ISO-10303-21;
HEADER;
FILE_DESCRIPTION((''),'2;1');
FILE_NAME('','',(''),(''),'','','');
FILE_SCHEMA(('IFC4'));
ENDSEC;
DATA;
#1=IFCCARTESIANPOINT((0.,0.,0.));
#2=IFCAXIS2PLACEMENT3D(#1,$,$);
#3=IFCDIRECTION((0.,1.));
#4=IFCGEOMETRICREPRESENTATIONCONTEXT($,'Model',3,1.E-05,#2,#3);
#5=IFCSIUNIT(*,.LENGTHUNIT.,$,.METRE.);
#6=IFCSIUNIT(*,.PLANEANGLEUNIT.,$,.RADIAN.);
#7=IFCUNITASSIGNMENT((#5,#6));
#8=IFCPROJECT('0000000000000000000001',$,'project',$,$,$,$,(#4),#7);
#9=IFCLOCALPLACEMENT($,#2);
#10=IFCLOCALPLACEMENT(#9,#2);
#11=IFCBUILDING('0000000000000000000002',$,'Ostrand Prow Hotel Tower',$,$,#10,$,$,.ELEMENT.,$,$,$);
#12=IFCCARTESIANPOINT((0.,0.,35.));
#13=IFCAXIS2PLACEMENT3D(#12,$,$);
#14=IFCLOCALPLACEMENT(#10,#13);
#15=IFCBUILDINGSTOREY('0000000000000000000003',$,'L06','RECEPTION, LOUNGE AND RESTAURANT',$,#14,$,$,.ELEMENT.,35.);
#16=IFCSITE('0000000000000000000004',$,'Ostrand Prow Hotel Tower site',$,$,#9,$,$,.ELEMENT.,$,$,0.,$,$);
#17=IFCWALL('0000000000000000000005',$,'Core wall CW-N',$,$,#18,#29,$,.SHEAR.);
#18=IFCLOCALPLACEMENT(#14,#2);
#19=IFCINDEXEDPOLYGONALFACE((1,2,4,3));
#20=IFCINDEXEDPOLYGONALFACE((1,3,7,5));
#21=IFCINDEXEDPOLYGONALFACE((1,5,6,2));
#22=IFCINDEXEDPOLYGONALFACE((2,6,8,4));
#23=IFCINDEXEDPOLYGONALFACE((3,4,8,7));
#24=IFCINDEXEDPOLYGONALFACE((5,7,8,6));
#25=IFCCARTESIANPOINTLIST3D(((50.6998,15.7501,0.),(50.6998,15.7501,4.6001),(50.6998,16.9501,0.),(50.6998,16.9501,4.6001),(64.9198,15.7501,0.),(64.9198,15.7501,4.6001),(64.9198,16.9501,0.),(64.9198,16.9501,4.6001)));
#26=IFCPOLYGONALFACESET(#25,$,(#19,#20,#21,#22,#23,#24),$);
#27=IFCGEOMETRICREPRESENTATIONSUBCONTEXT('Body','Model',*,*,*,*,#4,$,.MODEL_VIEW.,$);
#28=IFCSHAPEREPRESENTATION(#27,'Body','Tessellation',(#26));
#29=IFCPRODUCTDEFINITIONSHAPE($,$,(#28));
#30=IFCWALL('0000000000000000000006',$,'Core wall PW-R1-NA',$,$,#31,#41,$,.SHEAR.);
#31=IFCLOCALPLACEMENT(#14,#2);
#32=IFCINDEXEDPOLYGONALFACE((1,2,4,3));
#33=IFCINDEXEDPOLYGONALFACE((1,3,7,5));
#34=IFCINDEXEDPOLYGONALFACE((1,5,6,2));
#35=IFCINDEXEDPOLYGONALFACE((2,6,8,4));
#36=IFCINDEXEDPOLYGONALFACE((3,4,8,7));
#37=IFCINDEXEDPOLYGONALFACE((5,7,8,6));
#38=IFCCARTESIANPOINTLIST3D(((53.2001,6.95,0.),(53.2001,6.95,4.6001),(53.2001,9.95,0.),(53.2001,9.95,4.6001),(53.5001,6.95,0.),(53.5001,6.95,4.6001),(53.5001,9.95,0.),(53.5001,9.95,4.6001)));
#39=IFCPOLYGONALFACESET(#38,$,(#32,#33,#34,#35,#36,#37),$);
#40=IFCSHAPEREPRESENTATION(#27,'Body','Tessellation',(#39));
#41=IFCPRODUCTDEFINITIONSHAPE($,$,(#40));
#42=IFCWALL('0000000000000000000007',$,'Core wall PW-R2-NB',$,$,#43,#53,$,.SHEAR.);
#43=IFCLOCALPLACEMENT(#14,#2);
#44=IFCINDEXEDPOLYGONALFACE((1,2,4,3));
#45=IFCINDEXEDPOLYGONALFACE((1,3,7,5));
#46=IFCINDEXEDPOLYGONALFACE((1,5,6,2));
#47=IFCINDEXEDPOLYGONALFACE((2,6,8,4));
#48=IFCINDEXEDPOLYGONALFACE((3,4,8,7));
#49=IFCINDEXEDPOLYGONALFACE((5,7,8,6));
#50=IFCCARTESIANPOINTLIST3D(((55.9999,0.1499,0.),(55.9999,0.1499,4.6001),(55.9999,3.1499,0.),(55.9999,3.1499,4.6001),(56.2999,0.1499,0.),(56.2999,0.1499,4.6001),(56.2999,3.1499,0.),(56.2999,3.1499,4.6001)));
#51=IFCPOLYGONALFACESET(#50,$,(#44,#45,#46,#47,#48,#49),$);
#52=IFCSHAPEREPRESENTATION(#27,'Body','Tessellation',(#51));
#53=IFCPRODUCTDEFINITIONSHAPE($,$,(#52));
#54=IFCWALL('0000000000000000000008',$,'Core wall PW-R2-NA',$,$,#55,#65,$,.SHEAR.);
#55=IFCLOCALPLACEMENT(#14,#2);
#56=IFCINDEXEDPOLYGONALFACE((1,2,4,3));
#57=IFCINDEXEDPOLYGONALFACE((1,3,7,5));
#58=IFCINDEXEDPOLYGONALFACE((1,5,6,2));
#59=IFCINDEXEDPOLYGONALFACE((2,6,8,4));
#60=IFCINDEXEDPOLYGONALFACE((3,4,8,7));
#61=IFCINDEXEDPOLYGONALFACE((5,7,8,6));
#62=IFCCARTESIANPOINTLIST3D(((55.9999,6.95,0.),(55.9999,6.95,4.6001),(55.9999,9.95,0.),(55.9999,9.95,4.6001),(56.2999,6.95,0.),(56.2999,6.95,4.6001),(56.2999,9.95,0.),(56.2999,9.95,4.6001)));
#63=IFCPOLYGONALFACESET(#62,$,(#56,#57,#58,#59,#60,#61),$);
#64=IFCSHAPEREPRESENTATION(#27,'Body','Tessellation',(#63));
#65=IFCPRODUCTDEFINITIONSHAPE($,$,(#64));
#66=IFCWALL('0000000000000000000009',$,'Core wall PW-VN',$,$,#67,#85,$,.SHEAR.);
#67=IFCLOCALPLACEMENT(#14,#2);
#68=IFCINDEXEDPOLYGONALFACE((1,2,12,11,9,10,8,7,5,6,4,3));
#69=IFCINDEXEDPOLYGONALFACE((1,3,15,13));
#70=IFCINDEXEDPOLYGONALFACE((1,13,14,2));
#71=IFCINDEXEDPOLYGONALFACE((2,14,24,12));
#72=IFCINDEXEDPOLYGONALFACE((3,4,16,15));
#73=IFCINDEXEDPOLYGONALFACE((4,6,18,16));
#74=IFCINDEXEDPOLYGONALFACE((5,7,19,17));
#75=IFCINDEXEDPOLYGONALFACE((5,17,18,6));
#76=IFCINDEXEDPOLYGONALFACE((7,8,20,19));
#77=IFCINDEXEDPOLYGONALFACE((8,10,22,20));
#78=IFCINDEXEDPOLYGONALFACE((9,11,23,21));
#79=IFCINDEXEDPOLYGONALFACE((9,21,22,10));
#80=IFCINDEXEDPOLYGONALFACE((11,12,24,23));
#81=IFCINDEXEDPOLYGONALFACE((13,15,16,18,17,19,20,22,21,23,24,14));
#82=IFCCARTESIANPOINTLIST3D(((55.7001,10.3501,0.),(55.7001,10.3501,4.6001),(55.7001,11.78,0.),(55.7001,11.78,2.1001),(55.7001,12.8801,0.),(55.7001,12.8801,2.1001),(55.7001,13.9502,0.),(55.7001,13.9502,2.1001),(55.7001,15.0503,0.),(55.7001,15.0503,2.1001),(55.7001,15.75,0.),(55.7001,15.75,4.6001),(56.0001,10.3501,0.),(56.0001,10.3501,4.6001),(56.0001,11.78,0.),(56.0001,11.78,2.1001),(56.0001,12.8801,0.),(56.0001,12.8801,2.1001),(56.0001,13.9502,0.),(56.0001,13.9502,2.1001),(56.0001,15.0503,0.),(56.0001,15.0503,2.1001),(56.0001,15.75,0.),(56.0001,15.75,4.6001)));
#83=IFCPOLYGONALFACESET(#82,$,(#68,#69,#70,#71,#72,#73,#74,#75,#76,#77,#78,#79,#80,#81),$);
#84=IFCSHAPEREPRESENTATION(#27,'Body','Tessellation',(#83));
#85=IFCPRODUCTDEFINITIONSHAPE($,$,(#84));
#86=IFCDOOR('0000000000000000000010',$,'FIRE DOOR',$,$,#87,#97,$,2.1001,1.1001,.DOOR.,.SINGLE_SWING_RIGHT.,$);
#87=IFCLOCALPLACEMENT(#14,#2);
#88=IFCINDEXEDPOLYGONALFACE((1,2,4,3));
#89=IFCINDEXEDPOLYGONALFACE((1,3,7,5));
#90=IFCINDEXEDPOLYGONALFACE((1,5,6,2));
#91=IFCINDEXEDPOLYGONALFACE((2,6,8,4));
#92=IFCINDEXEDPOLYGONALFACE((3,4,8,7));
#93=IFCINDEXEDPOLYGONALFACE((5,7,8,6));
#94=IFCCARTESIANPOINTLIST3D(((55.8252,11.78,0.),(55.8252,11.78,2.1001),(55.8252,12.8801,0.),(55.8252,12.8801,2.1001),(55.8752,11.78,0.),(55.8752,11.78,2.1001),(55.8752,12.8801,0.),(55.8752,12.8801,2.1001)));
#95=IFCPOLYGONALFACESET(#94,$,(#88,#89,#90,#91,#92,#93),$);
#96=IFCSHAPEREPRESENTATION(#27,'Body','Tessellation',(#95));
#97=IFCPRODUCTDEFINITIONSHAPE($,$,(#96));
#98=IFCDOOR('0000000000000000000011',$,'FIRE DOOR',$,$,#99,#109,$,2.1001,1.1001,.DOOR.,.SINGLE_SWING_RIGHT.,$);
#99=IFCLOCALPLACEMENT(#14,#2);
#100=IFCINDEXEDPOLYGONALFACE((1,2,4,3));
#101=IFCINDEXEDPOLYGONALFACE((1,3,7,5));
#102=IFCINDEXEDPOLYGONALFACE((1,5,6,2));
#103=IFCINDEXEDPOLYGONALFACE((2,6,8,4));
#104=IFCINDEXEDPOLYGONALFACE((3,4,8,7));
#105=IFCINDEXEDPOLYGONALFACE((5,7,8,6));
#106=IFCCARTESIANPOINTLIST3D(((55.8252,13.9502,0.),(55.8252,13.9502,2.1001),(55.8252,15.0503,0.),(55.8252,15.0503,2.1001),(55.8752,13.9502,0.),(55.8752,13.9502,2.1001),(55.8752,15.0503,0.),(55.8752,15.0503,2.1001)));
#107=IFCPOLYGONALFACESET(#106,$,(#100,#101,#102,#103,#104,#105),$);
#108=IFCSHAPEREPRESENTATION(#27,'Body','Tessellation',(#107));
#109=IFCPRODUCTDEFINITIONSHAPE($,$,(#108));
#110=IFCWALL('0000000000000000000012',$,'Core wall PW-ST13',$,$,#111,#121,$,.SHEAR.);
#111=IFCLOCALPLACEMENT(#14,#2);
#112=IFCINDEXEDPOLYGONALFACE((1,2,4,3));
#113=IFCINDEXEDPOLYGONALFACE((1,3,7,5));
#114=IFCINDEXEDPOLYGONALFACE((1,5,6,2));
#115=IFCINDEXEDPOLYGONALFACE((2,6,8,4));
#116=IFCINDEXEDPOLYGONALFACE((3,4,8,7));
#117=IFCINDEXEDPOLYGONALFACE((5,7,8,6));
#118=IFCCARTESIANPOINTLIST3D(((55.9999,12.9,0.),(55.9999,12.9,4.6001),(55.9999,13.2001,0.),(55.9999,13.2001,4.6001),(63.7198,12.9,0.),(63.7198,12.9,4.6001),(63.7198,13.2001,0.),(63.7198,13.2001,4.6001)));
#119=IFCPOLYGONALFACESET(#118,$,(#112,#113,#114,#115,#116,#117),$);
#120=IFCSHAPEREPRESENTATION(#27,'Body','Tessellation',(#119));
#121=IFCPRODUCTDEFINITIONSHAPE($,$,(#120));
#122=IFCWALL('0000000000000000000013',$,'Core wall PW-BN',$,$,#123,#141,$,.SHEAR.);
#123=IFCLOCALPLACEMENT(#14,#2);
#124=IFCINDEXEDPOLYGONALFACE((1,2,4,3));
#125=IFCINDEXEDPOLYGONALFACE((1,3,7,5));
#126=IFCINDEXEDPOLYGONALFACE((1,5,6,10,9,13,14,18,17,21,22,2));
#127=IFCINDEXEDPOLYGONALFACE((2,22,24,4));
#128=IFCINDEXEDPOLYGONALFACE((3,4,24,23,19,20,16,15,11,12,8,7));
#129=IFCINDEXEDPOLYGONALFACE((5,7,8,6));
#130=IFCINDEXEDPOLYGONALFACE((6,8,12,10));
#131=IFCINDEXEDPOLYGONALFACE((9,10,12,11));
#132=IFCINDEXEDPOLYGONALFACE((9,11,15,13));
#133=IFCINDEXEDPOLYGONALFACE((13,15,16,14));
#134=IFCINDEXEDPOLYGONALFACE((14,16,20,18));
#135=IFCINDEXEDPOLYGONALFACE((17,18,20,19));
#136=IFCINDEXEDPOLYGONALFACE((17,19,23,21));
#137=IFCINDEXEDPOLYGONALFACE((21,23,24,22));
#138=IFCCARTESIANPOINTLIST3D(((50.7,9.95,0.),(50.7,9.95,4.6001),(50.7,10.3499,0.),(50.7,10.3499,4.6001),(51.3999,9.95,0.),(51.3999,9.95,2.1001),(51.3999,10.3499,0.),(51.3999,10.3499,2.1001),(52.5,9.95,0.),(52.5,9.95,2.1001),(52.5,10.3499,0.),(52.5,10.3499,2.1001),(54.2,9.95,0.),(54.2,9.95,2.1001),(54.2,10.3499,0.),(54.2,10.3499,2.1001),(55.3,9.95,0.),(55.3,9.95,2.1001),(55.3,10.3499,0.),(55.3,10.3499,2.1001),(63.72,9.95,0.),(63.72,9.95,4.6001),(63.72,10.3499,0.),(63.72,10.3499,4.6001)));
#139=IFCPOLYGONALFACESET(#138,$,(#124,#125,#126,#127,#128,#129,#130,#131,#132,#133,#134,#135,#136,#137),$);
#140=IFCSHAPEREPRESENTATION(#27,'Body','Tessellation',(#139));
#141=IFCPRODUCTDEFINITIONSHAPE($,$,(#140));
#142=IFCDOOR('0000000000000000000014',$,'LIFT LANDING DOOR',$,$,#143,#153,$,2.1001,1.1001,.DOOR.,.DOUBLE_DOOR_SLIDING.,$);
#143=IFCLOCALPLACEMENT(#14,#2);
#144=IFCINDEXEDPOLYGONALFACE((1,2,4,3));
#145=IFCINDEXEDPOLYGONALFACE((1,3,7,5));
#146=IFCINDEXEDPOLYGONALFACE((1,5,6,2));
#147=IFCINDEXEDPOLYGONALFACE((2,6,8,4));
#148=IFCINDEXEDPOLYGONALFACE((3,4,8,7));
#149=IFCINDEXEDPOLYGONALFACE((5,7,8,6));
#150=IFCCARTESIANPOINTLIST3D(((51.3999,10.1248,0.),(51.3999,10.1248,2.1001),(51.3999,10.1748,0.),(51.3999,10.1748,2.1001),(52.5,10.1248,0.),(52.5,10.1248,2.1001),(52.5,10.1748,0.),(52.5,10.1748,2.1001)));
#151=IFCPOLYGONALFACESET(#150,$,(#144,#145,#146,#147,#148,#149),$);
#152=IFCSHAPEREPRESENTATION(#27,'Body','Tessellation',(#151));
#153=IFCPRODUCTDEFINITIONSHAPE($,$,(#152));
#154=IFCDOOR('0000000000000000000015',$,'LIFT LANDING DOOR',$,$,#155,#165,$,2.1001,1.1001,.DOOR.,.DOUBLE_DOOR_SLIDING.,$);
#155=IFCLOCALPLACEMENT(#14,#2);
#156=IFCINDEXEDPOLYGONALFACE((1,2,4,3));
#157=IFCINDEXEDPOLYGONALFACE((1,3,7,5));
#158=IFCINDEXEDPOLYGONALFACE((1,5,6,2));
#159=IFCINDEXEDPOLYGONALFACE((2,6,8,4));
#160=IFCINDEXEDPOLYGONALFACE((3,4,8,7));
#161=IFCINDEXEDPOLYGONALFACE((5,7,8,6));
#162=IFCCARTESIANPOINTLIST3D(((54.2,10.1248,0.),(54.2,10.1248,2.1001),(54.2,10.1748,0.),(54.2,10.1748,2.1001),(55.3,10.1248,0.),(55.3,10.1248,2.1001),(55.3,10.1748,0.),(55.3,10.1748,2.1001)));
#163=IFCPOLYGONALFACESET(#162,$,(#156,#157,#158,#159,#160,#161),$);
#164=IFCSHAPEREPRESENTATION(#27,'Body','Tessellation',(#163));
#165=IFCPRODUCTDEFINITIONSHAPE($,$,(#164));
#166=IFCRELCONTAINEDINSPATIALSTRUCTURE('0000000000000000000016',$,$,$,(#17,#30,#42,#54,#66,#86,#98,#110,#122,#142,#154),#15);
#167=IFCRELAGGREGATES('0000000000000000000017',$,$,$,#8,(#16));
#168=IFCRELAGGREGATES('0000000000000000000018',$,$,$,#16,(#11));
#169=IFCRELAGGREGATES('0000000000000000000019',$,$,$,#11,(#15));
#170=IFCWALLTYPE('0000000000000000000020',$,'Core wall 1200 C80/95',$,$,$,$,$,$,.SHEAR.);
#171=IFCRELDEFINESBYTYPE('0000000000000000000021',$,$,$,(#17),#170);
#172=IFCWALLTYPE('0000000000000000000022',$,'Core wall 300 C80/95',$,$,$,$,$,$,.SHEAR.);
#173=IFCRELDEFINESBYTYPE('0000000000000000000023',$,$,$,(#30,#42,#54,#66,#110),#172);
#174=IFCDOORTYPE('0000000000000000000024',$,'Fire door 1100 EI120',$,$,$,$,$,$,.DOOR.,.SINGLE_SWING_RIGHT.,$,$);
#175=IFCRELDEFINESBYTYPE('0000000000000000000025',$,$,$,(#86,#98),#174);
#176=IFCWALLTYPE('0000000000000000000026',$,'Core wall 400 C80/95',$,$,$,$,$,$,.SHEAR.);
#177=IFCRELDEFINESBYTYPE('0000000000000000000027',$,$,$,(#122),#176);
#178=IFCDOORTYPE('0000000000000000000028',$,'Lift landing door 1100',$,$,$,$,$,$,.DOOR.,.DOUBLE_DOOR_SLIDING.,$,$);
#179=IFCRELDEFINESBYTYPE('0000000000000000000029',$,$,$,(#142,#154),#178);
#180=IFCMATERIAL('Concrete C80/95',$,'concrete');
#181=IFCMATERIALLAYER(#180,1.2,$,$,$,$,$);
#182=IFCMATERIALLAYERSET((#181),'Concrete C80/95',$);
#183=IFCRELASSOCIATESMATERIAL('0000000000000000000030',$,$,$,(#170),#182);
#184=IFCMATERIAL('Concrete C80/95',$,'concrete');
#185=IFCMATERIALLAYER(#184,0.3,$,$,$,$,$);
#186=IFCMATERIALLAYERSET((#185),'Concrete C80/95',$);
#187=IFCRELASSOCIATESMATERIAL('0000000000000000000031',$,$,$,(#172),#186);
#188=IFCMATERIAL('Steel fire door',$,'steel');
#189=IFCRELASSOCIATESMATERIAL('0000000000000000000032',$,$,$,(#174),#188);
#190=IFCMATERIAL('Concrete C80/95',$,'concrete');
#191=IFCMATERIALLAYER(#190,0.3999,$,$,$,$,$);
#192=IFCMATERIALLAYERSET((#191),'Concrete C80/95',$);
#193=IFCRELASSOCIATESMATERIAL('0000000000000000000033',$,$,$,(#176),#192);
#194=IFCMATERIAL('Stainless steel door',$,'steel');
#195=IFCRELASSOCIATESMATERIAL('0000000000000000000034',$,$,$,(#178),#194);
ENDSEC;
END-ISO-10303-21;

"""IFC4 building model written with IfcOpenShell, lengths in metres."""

from ifc_helpers import new_model, si_unit, direction, frame, frame_2d, origin, place, context, subcontext, project, spatial, rectangle, extrude, material, layer, layer_set, type_object, element, fill, save


model = new_model("IFC4")

# Units and contexts
model_context = context("Model", 3, precision=1e-05, world=origin(), true_north=direction((0.0, 1.0)))
body_context = subcontext(model_context, "Body", "Model", "MODEL_VIEW")
ifc_project = project(units=[si_unit("LENGTHUNIT", "METRE"), si_unit("PLANEANGLEUNIT", "RADIAN")], contexts=[model_context])

# Site, building, storey
site_placement = place(None, origin())
site = spatial("IfcSite", under=ifc_project, at=site_placement, Name="Ostrand Prow Hotel Tower site", CompositionType="ELEMENT", RefElevation=0.0)
building_placement = place(site_placement, origin())
building = spatial("IfcBuilding", under=site, at=building_placement, Name="Ostrand Prow Hotel Tower", CompositionType="ELEMENT")
storey_placement = place(building_placement, frame((0.0, 0.0, 35.0)))
storey = spatial("IfcBuildingStorey", under=building, at=storey_placement, Name="L06", Description="RECEPTION, LOUNGE AND RESTAURANT", CompositionType="ELEMENT", Elevation=35.0)

# Walls
ifc_material_1 = material(Name="Concrete C80/95", Category="concrete")
ifc_layer_1 = layer(ifc_material_1, 1.2)
ifc_layer_set_1 = layer_set([ifc_layer_1], Name="Concrete C80/95")
wall_type_1 = type_object("IfcWallType", Name="Core wall 1200 C80/95", PredefinedType="SHEAR", material=ifc_layer_set_1)
wall_1_placement = place(storey_placement, frame((50.7, 16.3501, 0.0), z_axis=(0.0, 0.0, 1.0), x_axis=(1.0, 0.0, 0.0)))
element("IfcWall", 1, at=wall_1_placement, inside=storey, type_object=wall_type_1, Name="Core wall CW-N", PredefinedType="SHEAR", context=body_context, shape_type="SweptSolid", body=[
    extrude(rectangle(XDim=14.22, YDim=1.2, at=frame_2d((7.1099, 0.0))), origin(), (0.0, 0.0, 1.0), 4.6001),
])
ifc_material_2 = material(Name="Concrete C80/95", Category="concrete")
ifc_layer_2 = layer(ifc_material_2, 0.3)
ifc_layer_set_2 = layer_set([ifc_layer_2], Name="Concrete C80/95")
wall_type_2 = type_object("IfcWallType", Name="Core wall 300 C80/95", PredefinedType="SHEAR", material=ifc_layer_set_2)
for number, where, z_axis, x_axis, name in (
    (2, (53.3501, 6.95, 0.0), (0.0, 0.0, 1.0), (0.0, 1.0, 0.0), "Core wall PW-R1-NA"),
    (3, (56.1499, 0.1499, 0.0), (0.0, 0.0, 1.0), (0.0, 1.0, 0.0), "Core wall PW-R2-NB"),
    (4, (56.1499, 6.95, 0.0), (0.0, 0.0, 1.0), (0.0, 1.0, 0.0), "Core wall PW-R2-NA"),
):
    element("IfcWall", number, at=place(storey_placement, frame(where, z_axis=z_axis, x_axis=x_axis)), inside=storey, type_object=wall_type_2, Name=name, PredefinedType="SHEAR", context=body_context, shape_type="SweptSolid", body=[
        extrude(rectangle(XDim=3.0, YDim=0.3, at=frame_2d((1.5, 0.0))), origin(), (0.0, 0.0, 1.0), 4.6001),
    ])

# Wall, openings, doors
wall_2_placement = place(storey_placement, frame((55.8501, 10.3501, 0.0), z_axis=(0.0, 0.0, 1.0), x_axis=(0.0, 1.0, 0.0)))
wall_2 = element("IfcWall", 5, at=wall_2_placement, inside=storey, type_object=wall_type_2, Name="Core wall PW-VN", PredefinedType="SHEAR", context=body_context, shape_type="SweptSolid", body=[
    extrude(rectangle(XDim=5.3999, YDim=0.3, at=frame_2d((2.7, 0.0))), origin(), (0.0, 0.0, 1.0), 4.6001),
])
opening_1_placement = place(wall_2_placement, frame((1.4299, 0.0, 0.0)))
opening_1 = element("IfcOpeningElement", 6, at=opening_1_placement, cuts=wall_2, PredefinedType="OPENING", context=body_context, shape_type="SweptSolid", body=[
    extrude(rectangle(XDim=1.1001, YDim=2.1001, at=frame_2d((0.55, 1.05))), frame((0.0, 0.1599, 0.0), z_axis=(0.0, -1.0, 0.0), x_axis=(1.0, 0.0, 0.0)), (0.0, 0.0, 1.0), 0.3201),
])
opening_2_placement = place(wall_2_placement, frame((3.6001, 0.0, 0.0)))
opening_2 = element("IfcOpeningElement", 7, at=opening_2_placement, cuts=wall_2, PredefinedType="OPENING", context=body_context, shape_type="SweptSolid", body=[
    extrude(rectangle(XDim=1.1001, YDim=2.1001, at=frame_2d((0.55, 1.05))), frame((0.0, 0.1599, 0.0), z_axis=(0.0, -1.0, 0.0), x_axis=(1.0, 0.0, 0.0)), (0.0, 0.0, 1.0), 0.3201),
])
ifc_material_3 = material(Name="Steel fire door", Category="steel")
door_type_1 = type_object("IfcDoorType", Name="Fire door 1100 EI120", OperationType="SINGLE_SWING_RIGHT", PredefinedType="DOOR", material=ifc_material_3)
door_1_placement = place(opening_1_placement, origin())
door_1 = element("IfcDoor", 8, at=door_1_placement, inside=storey, type_object=door_type_1, Name="FIRE DOOR", OperationType="SINGLE_SWING_RIGHT", OverallHeight=2.1001, OverallWidth=1.1001, PredefinedType="DOOR", context=body_context, shape_type="SweptSolid", body=[
    extrude(rectangle(XDim=1.1001, YDim=2.1001, at=frame_2d((0.55, 1.05))), frame((0.0, 0.0249, 0.0), z_axis=(0.0, -1.0, 0.0), x_axis=(1.0, 0.0, 0.0)), (0.0, 0.0, 1.0), 0.05),
])
fill(opening_1, door_1)
door_2_placement = place(opening_2_placement, origin())
door_2 = element("IfcDoor", 9, at=door_2_placement, inside=storey, type_object=door_type_1, Name="FIRE DOOR", OperationType="SINGLE_SWING_RIGHT", OverallHeight=2.1001, OverallWidth=1.1001, PredefinedType="DOOR", context=body_context, shape_type="SweptSolid", body=[
    extrude(rectangle(XDim=1.1001, YDim=2.1001, at=frame_2d((0.55, 1.05))), frame((0.0, 0.0249, 0.0), z_axis=(0.0, -1.0, 0.0), x_axis=(1.0, 0.0, 0.0)), (0.0, 0.0, 1.0), 0.05),
])
fill(opening_2, door_2)

# Wall
wall_3_placement = place(storey_placement, frame((56.0, 13.05, 0.0), z_axis=(0.0, 0.0, 1.0), x_axis=(1.0, 0.0, 0.0)))
element("IfcWall", 10, at=wall_3_placement, inside=storey, type_object=wall_type_2, Name="Core wall PW-ST13", PredefinedType="SHEAR", context=body_context, shape_type="SweptSolid", body=[
    extrude(rectangle(XDim=7.72, YDim=0.3, at=frame_2d((3.8599, 0.0))), origin(), (0.0, 0.0, 1.0), 4.6001),
])

# Wall, openings, doors
ifc_material_4 = material(Name="Concrete C80/95", Category="concrete")
ifc_layer_3 = layer(ifc_material_4, 0.3999)
ifc_layer_set_3 = layer_set([ifc_layer_3], Name="Concrete C80/95")
wall_type_3 = type_object("IfcWallType", Name="Core wall 400 C80/95", PredefinedType="SHEAR", material=ifc_layer_set_3)
wall_4_placement = place(storey_placement, frame((50.7, 10.1499, 0.0), z_axis=(0.0, 0.0, 1.0), x_axis=(1.0, 0.0, 0.0)))
wall_4 = element("IfcWall", 11, at=wall_4_placement, inside=storey, type_object=wall_type_3, Name="Core wall PW-BN", PredefinedType="SHEAR", context=body_context, shape_type="SweptSolid", body=[
    extrude(rectangle(XDim=13.02, YDim=0.3999, at=frame_2d((6.51, 0.0))), origin(), (0.0, 0.0, 1.0), 4.6001),
])
opening_3_placement = place(wall_4_placement, frame((0.7, 0.0, 0.0)))
opening_3 = element("IfcOpeningElement", 12, at=opening_3_placement, cuts=wall_4, PredefinedType="OPENING", context=body_context, shape_type="SweptSolid", body=[
    extrude(rectangle(XDim=1.1001, YDim=2.1001, at=frame_2d((0.55, 1.05))), frame((0.0, 0.21, 0.0), z_axis=(0.0, -1.0, 0.0), x_axis=(1.0, 0.0, 0.0)), (0.0, 0.0, 1.0), 0.4199),
])
opening_4_placement = place(wall_4_placement, frame((3.5, 0.0, 0.0)))
opening_4 = element("IfcOpeningElement", 13, at=opening_4_placement, cuts=wall_4, PredefinedType="OPENING", context=body_context, shape_type="SweptSolid", body=[
    extrude(rectangle(XDim=1.1001, YDim=2.1001, at=frame_2d((0.55, 1.05))), frame((0.0, 0.21, 0.0), z_axis=(0.0, -1.0, 0.0), x_axis=(1.0, 0.0, 0.0)), (0.0, 0.0, 1.0), 0.4199),
])
ifc_material_5 = material(Name="Stainless steel door", Category="steel")
door_type_2 = type_object("IfcDoorType", Name="Lift landing door 1100", OperationType="DOUBLE_DOOR_SLIDING", PredefinedType="DOOR", material=ifc_material_5)
door_3_placement = place(opening_3_placement, origin())
door_3 = element("IfcDoor", 14, at=door_3_placement, inside=storey, type_object=door_type_2, Name="LIFT LANDING DOOR", OperationType="DOUBLE_DOOR_SLIDING", OverallHeight=2.1001, OverallWidth=1.1001, PredefinedType="DOOR", context=body_context, shape_type="SweptSolid", body=[
    extrude(rectangle(XDim=1.1001, YDim=2.1001, at=frame_2d((0.55, 1.05))), frame((0.0, 0.0249, 0.0), z_axis=(0.0, -1.0, 0.0), x_axis=(1.0, 0.0, 0.0)), (0.0, 0.0, 1.0), 0.05),
])
fill(opening_3, door_3)
door_4_placement = place(opening_4_placement, origin())
door_4 = element("IfcDoor", 15, at=door_4_placement, inside=storey, type_object=door_type_2, Name="LIFT LANDING DOOR", OperationType="DOUBLE_DOOR_SLIDING", OverallHeight=2.1001, OverallWidth=1.1001, PredefinedType="DOOR", context=body_context, shape_type="SweptSolid", body=[
    extrude(rectangle(XDim=1.1001, YDim=2.1001, at=frame_2d((0.55, 1.05))), frame((0.0, 0.0249, 0.0), z_axis=(0.0, -1.0, 0.0), x_axis=(1.0, 0.0, 0.0)), (0.0, 0.0, 1.0), 0.05),
])
fill(opening_4, door_4)

save(model, "model.ifc")
